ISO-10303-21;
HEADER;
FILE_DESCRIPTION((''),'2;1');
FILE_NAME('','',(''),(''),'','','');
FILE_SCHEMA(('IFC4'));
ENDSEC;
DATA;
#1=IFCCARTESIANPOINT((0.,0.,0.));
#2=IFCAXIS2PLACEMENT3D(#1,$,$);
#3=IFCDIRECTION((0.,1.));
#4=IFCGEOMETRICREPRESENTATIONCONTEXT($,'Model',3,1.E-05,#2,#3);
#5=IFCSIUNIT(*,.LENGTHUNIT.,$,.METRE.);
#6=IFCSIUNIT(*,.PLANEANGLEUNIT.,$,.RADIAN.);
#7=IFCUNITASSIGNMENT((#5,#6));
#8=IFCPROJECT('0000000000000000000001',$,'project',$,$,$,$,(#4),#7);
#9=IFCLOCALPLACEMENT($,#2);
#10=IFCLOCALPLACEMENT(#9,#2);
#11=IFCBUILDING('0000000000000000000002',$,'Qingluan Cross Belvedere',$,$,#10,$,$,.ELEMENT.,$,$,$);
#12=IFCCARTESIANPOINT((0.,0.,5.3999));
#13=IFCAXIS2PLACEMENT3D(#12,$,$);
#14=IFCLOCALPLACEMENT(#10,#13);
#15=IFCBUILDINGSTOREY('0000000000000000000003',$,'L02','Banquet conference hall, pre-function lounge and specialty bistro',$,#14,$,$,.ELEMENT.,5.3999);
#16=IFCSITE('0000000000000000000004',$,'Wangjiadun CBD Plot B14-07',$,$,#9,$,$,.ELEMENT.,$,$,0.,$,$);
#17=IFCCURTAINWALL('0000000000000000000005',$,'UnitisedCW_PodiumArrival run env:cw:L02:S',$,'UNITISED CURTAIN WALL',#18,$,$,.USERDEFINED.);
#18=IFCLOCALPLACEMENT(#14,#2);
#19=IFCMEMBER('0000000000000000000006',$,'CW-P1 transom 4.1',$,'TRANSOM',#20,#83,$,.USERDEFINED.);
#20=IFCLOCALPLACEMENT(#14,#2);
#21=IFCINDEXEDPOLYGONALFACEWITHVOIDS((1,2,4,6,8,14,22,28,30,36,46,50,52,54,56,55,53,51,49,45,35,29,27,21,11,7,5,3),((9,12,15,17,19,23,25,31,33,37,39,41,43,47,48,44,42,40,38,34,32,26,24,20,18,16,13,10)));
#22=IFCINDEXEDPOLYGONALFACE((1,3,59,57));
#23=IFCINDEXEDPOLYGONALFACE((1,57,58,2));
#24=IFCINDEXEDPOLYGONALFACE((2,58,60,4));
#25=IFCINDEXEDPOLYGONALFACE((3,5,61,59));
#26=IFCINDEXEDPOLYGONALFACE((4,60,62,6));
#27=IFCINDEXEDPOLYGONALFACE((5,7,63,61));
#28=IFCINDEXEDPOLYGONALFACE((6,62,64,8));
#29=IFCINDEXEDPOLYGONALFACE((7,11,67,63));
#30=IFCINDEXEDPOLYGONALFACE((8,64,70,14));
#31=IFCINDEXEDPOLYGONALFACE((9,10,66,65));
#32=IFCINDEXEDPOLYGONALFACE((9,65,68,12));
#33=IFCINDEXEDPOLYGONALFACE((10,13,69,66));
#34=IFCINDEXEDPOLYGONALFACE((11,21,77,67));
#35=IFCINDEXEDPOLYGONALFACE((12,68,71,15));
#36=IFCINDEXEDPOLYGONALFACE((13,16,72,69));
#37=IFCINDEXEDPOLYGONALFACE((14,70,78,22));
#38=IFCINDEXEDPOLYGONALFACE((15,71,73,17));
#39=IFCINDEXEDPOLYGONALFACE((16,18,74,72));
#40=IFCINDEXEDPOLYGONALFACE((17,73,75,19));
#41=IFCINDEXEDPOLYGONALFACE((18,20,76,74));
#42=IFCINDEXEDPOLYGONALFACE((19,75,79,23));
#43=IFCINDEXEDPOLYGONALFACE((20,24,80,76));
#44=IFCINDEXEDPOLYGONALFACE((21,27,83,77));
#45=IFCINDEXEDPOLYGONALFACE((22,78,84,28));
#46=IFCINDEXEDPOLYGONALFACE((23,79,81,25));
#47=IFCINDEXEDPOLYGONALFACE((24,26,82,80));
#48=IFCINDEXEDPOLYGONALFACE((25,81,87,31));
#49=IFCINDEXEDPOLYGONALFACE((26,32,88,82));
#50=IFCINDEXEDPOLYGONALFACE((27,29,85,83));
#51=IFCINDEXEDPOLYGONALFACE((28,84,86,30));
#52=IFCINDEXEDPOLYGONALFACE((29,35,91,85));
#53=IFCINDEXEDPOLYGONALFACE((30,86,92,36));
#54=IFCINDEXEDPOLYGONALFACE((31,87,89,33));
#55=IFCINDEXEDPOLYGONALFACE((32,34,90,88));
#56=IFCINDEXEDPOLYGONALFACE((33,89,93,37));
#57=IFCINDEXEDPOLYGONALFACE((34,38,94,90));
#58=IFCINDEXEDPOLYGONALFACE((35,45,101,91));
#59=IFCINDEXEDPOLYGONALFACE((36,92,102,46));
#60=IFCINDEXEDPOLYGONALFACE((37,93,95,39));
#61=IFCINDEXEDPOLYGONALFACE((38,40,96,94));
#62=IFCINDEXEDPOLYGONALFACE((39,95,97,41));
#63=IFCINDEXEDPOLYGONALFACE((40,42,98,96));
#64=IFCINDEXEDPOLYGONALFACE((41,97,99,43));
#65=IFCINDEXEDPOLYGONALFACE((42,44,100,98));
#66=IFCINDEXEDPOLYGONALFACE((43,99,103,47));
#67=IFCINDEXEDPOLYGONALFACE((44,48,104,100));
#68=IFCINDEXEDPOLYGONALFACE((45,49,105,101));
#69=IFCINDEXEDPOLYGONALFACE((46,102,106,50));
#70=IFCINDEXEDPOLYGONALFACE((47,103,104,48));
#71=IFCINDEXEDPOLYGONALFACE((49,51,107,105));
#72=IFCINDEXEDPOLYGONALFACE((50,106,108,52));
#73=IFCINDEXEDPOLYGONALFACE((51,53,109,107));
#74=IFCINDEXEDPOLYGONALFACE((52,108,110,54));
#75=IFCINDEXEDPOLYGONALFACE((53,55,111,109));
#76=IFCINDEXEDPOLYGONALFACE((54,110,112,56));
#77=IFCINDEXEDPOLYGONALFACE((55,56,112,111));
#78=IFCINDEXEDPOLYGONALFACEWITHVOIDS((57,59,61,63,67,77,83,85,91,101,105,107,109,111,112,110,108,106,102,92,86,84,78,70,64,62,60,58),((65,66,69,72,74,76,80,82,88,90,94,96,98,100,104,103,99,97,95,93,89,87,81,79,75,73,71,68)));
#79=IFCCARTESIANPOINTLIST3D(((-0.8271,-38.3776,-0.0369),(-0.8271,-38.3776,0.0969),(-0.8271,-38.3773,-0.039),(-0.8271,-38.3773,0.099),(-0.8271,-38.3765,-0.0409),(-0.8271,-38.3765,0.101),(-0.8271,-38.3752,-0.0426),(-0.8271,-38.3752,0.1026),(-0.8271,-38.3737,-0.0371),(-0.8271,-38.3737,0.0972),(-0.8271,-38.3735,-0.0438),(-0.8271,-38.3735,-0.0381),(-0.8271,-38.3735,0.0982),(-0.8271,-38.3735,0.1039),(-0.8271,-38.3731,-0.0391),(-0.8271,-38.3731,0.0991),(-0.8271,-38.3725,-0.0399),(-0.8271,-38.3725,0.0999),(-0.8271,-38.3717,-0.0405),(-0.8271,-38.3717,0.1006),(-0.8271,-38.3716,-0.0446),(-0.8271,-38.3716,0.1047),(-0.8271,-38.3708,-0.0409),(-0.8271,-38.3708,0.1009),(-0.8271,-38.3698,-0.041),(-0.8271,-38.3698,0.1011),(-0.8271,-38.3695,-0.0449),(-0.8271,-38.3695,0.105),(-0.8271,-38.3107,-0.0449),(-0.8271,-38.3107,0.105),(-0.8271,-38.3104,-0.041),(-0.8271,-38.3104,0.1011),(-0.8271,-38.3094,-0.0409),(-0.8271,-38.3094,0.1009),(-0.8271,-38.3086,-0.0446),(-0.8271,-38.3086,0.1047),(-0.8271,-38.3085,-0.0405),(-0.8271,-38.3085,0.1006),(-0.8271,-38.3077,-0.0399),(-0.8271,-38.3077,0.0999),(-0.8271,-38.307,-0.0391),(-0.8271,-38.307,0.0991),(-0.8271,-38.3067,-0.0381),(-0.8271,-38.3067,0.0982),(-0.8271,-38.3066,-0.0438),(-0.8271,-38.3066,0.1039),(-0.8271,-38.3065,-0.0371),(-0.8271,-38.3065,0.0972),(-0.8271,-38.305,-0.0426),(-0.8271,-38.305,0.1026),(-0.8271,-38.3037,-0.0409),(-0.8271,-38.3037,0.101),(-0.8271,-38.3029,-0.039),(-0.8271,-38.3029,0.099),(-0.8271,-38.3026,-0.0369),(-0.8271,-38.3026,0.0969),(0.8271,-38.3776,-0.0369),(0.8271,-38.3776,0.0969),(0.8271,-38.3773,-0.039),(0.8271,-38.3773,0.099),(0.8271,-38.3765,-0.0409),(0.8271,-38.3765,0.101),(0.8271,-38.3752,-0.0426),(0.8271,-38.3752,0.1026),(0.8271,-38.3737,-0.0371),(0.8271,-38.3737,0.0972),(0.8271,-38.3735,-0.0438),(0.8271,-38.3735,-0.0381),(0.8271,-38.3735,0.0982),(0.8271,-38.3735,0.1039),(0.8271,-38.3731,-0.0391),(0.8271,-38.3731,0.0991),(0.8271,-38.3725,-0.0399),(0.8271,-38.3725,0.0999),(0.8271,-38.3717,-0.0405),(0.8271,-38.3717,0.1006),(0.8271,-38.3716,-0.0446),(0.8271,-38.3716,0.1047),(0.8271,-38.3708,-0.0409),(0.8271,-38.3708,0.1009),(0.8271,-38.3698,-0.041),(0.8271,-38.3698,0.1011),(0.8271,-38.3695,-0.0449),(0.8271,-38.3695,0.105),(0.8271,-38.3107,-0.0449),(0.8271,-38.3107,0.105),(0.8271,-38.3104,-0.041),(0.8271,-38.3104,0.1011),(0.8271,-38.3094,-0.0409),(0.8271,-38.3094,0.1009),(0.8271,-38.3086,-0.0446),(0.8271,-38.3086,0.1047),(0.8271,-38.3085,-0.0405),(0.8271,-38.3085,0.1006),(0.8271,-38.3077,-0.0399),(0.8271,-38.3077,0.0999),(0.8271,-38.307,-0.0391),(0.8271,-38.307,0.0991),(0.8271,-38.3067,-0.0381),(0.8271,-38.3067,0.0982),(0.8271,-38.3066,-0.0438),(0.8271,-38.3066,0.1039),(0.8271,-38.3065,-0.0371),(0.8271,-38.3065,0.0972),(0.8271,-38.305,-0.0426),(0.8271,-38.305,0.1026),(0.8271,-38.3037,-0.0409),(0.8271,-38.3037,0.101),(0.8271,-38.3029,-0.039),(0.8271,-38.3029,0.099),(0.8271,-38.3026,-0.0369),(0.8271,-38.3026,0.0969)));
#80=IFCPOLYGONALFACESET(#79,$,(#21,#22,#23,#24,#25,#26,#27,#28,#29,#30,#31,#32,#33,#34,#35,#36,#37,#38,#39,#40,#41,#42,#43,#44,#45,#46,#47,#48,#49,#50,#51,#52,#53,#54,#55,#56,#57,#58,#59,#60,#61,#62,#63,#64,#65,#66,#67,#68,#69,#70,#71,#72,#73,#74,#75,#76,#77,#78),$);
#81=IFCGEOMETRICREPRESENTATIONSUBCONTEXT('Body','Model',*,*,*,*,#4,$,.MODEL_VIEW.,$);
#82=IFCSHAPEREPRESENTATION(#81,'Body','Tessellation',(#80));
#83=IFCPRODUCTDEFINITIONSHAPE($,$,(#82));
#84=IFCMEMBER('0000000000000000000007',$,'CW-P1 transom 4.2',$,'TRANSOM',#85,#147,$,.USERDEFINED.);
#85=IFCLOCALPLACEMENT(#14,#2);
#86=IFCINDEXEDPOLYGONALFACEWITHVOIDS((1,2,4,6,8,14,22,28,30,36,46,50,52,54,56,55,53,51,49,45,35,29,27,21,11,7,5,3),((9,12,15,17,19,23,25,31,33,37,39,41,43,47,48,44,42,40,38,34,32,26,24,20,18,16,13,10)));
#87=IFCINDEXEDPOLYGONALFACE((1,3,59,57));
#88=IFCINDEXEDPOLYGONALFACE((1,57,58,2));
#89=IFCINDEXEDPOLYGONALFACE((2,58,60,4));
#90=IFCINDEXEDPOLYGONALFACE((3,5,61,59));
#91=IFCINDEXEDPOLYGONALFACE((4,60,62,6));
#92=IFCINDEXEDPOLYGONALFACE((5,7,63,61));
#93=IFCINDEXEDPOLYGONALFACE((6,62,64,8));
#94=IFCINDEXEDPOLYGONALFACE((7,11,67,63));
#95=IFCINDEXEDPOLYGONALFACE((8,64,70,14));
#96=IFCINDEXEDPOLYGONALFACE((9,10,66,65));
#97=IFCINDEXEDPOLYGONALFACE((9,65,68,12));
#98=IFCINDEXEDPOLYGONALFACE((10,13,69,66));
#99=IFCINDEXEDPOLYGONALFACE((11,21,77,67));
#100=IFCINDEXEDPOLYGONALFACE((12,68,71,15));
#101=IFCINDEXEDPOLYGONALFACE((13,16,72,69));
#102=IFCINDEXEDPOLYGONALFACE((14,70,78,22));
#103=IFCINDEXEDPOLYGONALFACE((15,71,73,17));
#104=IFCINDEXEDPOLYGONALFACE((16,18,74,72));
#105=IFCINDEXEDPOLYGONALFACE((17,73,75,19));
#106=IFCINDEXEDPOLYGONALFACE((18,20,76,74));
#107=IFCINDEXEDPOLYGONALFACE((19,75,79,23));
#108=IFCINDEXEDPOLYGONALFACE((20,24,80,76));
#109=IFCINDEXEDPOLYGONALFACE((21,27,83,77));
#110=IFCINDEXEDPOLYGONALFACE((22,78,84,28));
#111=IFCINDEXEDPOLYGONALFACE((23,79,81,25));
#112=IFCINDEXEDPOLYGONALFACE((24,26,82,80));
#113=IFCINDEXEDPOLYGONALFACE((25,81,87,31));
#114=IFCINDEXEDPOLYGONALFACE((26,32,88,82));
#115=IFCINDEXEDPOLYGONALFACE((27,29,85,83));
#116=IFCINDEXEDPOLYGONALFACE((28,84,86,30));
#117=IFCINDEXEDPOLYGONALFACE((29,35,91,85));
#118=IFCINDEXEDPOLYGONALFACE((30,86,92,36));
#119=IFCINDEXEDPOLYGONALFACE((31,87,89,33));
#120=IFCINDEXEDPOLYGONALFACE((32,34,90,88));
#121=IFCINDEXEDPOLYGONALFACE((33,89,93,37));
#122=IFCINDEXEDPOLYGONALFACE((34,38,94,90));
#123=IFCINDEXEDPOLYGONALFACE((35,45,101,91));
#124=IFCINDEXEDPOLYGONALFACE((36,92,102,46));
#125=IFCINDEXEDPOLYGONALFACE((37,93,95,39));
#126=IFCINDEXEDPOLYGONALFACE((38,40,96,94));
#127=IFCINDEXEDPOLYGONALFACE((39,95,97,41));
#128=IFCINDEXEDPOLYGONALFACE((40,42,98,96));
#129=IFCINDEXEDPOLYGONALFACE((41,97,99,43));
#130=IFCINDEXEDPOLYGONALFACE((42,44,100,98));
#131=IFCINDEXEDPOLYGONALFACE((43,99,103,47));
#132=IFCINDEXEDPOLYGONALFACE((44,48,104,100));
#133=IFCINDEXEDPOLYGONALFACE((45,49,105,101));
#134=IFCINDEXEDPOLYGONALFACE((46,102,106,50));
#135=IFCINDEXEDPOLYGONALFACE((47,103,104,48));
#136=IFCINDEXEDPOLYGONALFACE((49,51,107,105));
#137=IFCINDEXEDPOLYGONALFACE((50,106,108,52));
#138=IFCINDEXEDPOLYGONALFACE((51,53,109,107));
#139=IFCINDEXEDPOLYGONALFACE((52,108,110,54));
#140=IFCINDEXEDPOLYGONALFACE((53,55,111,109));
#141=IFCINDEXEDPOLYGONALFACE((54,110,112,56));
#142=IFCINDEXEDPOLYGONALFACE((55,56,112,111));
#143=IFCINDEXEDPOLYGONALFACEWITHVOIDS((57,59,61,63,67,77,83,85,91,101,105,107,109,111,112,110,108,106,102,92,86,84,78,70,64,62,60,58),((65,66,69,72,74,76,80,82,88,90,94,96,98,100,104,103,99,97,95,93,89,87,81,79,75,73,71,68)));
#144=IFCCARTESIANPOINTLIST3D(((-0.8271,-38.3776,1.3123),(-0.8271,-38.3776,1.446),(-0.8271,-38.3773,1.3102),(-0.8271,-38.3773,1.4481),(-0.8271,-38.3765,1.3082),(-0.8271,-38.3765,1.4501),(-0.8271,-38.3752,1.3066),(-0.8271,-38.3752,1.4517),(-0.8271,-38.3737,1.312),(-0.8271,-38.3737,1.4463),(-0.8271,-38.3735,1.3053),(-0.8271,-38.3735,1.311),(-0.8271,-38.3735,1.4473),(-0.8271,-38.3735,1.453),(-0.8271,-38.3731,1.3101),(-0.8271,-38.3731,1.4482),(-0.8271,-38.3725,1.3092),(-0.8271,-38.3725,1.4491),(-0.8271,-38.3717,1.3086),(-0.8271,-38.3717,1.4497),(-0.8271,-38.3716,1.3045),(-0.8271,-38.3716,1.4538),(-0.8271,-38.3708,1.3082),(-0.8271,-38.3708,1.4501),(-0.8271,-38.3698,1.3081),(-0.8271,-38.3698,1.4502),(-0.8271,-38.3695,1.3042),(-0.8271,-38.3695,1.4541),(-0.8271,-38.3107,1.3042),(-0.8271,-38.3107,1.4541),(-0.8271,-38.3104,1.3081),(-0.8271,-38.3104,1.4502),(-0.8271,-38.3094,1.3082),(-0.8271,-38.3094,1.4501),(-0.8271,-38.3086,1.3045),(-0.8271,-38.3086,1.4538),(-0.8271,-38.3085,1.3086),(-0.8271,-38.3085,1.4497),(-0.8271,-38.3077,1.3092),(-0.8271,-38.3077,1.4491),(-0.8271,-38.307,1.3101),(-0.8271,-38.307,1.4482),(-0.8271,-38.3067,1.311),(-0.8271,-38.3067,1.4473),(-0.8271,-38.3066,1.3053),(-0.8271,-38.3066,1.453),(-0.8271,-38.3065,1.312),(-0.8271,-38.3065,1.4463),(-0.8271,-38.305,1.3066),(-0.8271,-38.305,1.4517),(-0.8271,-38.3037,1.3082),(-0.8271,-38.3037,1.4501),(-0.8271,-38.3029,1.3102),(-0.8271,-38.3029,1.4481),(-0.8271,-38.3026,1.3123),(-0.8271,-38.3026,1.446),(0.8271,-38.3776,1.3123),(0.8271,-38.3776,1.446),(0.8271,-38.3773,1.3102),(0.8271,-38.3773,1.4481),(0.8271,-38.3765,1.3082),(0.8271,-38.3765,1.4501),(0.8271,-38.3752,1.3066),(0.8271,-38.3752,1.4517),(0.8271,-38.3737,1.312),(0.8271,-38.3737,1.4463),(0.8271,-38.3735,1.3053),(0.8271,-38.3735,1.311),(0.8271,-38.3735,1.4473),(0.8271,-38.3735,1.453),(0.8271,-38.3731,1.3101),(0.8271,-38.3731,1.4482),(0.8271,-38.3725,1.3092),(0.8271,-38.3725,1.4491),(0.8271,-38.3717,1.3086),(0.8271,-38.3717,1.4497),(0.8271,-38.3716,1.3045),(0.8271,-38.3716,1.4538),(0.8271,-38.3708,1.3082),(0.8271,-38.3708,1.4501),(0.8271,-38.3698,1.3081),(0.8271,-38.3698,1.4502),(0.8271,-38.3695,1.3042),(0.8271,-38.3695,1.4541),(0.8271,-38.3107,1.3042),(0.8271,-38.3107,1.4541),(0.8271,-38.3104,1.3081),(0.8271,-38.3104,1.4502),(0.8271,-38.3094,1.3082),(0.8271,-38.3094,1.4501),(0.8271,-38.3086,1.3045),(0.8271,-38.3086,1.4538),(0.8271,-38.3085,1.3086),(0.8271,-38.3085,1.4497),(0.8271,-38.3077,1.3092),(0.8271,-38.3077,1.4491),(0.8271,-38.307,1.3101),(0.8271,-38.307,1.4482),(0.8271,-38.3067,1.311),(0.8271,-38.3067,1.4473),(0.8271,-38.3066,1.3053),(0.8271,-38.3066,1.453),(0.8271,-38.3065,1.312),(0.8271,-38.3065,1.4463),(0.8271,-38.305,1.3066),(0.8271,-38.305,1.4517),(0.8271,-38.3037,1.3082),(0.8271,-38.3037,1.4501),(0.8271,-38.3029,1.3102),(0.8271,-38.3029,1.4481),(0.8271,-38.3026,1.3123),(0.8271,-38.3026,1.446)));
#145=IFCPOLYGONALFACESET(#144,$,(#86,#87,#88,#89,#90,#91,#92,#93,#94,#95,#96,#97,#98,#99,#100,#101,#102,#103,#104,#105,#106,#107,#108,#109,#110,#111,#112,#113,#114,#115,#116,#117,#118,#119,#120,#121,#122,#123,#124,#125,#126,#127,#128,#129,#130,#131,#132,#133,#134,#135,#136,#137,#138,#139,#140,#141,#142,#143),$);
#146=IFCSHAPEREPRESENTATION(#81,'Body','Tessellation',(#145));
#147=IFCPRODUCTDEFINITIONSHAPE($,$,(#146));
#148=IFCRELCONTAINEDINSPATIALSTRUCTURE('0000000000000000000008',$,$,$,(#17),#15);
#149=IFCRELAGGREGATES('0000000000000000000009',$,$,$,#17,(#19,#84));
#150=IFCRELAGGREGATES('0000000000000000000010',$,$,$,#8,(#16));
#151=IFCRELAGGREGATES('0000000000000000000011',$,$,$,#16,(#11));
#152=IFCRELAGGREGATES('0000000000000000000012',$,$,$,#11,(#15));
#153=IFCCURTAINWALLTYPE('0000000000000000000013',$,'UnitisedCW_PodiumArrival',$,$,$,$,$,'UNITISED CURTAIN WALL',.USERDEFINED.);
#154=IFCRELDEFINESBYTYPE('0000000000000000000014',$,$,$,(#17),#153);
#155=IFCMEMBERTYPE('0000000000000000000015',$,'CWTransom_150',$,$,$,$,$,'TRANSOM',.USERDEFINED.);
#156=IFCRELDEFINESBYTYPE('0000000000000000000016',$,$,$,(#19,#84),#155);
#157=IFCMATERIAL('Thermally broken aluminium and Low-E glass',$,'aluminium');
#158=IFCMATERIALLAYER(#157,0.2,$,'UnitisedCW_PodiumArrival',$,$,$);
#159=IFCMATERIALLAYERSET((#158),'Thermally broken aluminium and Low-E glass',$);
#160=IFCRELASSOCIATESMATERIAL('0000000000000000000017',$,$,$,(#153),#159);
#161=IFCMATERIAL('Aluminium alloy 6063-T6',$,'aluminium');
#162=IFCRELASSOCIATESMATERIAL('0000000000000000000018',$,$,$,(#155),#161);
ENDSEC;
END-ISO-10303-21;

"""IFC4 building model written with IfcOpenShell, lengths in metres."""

from ifc_helpers import new_model, si_unit, direction, frame, origin, origin_2d, place, context, subcontext, project, spatial, hollow_rectangle, extrude, material, layer, layer_set, material_profile, profile_set, type_object, element, aggregate, save


model = new_model("IFC4")

# Units and contexts
model_context = context("Model", 3, precision=1e-05, world=origin(), true_north=direction((0.0, 1.0)))
body_context = subcontext(model_context, "Body", "Model", "MODEL_VIEW")
ifc_project = project(units=[si_unit("LENGTHUNIT", "METRE"), si_unit("PLANEANGLEUNIT", "RADIAN")], contexts=[model_context])

# Site, building, storey
site_placement = place(None, origin())
site = spatial("IfcSite", under=ifc_project, at=site_placement, Name="Wangjiadun CBD Plot B14-07", CompositionType="ELEMENT", RefElevation=0.0)
building_placement = place(site_placement, origin())
building = spatial("IfcBuilding", under=site, at=building_placement, Name="Qingluan Cross Belvedere", CompositionType="ELEMENT")
storey_placement = place(building_placement, frame((0.0, 0.0, 5.3999)))
storey = spatial("IfcBuildingStorey", under=building, at=storey_placement, Name="L02", Description="Banquet conference hall, pre-function lounge and specialty bistro", CompositionType="ELEMENT", Elevation=5.3999)

# Curtain wall, members
ifc_material_1 = material(Name="Thermally broken aluminium and Low-E glass", Category="aluminium")
ifc_layer_1 = layer(ifc_material_1, 0.2, Name="UnitisedCW_PodiumArrival")
ifc_layer_set_1 = layer_set([ifc_layer_1], Name="Thermally broken aluminium and Low-E glass")
curtain_wall_type = type_object("IfcCurtainWallType", Name="UnitisedCW_PodiumArrival", ElementType="UNITISED CURTAIN WALL", PredefinedType="USERDEFINED", material=ifc_layer_set_1)
curtain_wall_placement = place(storey_placement, origin())
curtain_wall = element("IfcCurtainWall", 1, at=curtain_wall_placement, inside=storey, type_object=curtain_wall_type, Name="UnitisedCW_PodiumArrival run env:cw:L02:S", ObjectType="UNITISED CURTAIN WALL", PredefinedType="USERDEFINED")
ifc_material_2 = material(Name="Aluminium alloy 6063-T6", Category="aluminium")
ifc_material_profile_1 = material_profile(ifc_material_2, hollow_rectangle(XDim=0.075, YDim=0.1499, WallThickness=0.0039, InnerFilletRadius=0.0039, OuterFilletRadius=0.0081, at=origin_2d()), Name="CWT150x75x4")
ifc_profile_set_1 = profile_set([ifc_material_profile_1], Name="Aluminium alloy 6063-T6")
member_type_1 = type_object("IfcMemberType", Name="CWTransom_150", ElementType="TRANSOM", PredefinedType="USERDEFINED", material=ifc_profile_set_1)
member_1_placement = place(storey_placement, frame((0.8271, -38.3401, 0.03), z_axis=(-1.0, 0.0, 0.0), x_axis=(0.0, -1.0, 0.0)))
member_1 = element("IfcMember", 2, at=member_1_placement, type_object=member_type_1, Name="CW-P1 transom 4.1", ObjectType="TRANSOM", PredefinedType="USERDEFINED", context=body_context, shape_type="SweptSolid", body=[
    extrude(hollow_rectangle(XDim=0.075, YDim=0.1499, WallThickness=0.0039, InnerFilletRadius=0.0039, OuterFilletRadius=0.0081, at=origin_2d()), origin(), (0.0, 0.0, 1.0), 1.6543),
])
member_2_placement = place(storey_placement, frame((0.8271, -38.3401, 1.3792), z_axis=(-1.0, 0.0, 0.0), x_axis=(0.0, -1.0, 0.0)))
member_2 = element("IfcMember", 3, at=member_2_placement, type_object=member_type_1, Name="CW-P1 transom 4.2", ObjectType="TRANSOM", PredefinedType="USERDEFINED", context=body_context, shape_type="SweptSolid", body=[
    extrude(hollow_rectangle(XDim=0.075, YDim=0.1499, WallThickness=0.0039, InnerFilletRadius=0.0039, OuterFilletRadius=0.0081, at=origin_2d()), origin(), (0.0, 0.0, 1.0), 1.6543),
])
aggregate(curtain_wall, [member_1, member_2])

save(model, "model.ifc")
